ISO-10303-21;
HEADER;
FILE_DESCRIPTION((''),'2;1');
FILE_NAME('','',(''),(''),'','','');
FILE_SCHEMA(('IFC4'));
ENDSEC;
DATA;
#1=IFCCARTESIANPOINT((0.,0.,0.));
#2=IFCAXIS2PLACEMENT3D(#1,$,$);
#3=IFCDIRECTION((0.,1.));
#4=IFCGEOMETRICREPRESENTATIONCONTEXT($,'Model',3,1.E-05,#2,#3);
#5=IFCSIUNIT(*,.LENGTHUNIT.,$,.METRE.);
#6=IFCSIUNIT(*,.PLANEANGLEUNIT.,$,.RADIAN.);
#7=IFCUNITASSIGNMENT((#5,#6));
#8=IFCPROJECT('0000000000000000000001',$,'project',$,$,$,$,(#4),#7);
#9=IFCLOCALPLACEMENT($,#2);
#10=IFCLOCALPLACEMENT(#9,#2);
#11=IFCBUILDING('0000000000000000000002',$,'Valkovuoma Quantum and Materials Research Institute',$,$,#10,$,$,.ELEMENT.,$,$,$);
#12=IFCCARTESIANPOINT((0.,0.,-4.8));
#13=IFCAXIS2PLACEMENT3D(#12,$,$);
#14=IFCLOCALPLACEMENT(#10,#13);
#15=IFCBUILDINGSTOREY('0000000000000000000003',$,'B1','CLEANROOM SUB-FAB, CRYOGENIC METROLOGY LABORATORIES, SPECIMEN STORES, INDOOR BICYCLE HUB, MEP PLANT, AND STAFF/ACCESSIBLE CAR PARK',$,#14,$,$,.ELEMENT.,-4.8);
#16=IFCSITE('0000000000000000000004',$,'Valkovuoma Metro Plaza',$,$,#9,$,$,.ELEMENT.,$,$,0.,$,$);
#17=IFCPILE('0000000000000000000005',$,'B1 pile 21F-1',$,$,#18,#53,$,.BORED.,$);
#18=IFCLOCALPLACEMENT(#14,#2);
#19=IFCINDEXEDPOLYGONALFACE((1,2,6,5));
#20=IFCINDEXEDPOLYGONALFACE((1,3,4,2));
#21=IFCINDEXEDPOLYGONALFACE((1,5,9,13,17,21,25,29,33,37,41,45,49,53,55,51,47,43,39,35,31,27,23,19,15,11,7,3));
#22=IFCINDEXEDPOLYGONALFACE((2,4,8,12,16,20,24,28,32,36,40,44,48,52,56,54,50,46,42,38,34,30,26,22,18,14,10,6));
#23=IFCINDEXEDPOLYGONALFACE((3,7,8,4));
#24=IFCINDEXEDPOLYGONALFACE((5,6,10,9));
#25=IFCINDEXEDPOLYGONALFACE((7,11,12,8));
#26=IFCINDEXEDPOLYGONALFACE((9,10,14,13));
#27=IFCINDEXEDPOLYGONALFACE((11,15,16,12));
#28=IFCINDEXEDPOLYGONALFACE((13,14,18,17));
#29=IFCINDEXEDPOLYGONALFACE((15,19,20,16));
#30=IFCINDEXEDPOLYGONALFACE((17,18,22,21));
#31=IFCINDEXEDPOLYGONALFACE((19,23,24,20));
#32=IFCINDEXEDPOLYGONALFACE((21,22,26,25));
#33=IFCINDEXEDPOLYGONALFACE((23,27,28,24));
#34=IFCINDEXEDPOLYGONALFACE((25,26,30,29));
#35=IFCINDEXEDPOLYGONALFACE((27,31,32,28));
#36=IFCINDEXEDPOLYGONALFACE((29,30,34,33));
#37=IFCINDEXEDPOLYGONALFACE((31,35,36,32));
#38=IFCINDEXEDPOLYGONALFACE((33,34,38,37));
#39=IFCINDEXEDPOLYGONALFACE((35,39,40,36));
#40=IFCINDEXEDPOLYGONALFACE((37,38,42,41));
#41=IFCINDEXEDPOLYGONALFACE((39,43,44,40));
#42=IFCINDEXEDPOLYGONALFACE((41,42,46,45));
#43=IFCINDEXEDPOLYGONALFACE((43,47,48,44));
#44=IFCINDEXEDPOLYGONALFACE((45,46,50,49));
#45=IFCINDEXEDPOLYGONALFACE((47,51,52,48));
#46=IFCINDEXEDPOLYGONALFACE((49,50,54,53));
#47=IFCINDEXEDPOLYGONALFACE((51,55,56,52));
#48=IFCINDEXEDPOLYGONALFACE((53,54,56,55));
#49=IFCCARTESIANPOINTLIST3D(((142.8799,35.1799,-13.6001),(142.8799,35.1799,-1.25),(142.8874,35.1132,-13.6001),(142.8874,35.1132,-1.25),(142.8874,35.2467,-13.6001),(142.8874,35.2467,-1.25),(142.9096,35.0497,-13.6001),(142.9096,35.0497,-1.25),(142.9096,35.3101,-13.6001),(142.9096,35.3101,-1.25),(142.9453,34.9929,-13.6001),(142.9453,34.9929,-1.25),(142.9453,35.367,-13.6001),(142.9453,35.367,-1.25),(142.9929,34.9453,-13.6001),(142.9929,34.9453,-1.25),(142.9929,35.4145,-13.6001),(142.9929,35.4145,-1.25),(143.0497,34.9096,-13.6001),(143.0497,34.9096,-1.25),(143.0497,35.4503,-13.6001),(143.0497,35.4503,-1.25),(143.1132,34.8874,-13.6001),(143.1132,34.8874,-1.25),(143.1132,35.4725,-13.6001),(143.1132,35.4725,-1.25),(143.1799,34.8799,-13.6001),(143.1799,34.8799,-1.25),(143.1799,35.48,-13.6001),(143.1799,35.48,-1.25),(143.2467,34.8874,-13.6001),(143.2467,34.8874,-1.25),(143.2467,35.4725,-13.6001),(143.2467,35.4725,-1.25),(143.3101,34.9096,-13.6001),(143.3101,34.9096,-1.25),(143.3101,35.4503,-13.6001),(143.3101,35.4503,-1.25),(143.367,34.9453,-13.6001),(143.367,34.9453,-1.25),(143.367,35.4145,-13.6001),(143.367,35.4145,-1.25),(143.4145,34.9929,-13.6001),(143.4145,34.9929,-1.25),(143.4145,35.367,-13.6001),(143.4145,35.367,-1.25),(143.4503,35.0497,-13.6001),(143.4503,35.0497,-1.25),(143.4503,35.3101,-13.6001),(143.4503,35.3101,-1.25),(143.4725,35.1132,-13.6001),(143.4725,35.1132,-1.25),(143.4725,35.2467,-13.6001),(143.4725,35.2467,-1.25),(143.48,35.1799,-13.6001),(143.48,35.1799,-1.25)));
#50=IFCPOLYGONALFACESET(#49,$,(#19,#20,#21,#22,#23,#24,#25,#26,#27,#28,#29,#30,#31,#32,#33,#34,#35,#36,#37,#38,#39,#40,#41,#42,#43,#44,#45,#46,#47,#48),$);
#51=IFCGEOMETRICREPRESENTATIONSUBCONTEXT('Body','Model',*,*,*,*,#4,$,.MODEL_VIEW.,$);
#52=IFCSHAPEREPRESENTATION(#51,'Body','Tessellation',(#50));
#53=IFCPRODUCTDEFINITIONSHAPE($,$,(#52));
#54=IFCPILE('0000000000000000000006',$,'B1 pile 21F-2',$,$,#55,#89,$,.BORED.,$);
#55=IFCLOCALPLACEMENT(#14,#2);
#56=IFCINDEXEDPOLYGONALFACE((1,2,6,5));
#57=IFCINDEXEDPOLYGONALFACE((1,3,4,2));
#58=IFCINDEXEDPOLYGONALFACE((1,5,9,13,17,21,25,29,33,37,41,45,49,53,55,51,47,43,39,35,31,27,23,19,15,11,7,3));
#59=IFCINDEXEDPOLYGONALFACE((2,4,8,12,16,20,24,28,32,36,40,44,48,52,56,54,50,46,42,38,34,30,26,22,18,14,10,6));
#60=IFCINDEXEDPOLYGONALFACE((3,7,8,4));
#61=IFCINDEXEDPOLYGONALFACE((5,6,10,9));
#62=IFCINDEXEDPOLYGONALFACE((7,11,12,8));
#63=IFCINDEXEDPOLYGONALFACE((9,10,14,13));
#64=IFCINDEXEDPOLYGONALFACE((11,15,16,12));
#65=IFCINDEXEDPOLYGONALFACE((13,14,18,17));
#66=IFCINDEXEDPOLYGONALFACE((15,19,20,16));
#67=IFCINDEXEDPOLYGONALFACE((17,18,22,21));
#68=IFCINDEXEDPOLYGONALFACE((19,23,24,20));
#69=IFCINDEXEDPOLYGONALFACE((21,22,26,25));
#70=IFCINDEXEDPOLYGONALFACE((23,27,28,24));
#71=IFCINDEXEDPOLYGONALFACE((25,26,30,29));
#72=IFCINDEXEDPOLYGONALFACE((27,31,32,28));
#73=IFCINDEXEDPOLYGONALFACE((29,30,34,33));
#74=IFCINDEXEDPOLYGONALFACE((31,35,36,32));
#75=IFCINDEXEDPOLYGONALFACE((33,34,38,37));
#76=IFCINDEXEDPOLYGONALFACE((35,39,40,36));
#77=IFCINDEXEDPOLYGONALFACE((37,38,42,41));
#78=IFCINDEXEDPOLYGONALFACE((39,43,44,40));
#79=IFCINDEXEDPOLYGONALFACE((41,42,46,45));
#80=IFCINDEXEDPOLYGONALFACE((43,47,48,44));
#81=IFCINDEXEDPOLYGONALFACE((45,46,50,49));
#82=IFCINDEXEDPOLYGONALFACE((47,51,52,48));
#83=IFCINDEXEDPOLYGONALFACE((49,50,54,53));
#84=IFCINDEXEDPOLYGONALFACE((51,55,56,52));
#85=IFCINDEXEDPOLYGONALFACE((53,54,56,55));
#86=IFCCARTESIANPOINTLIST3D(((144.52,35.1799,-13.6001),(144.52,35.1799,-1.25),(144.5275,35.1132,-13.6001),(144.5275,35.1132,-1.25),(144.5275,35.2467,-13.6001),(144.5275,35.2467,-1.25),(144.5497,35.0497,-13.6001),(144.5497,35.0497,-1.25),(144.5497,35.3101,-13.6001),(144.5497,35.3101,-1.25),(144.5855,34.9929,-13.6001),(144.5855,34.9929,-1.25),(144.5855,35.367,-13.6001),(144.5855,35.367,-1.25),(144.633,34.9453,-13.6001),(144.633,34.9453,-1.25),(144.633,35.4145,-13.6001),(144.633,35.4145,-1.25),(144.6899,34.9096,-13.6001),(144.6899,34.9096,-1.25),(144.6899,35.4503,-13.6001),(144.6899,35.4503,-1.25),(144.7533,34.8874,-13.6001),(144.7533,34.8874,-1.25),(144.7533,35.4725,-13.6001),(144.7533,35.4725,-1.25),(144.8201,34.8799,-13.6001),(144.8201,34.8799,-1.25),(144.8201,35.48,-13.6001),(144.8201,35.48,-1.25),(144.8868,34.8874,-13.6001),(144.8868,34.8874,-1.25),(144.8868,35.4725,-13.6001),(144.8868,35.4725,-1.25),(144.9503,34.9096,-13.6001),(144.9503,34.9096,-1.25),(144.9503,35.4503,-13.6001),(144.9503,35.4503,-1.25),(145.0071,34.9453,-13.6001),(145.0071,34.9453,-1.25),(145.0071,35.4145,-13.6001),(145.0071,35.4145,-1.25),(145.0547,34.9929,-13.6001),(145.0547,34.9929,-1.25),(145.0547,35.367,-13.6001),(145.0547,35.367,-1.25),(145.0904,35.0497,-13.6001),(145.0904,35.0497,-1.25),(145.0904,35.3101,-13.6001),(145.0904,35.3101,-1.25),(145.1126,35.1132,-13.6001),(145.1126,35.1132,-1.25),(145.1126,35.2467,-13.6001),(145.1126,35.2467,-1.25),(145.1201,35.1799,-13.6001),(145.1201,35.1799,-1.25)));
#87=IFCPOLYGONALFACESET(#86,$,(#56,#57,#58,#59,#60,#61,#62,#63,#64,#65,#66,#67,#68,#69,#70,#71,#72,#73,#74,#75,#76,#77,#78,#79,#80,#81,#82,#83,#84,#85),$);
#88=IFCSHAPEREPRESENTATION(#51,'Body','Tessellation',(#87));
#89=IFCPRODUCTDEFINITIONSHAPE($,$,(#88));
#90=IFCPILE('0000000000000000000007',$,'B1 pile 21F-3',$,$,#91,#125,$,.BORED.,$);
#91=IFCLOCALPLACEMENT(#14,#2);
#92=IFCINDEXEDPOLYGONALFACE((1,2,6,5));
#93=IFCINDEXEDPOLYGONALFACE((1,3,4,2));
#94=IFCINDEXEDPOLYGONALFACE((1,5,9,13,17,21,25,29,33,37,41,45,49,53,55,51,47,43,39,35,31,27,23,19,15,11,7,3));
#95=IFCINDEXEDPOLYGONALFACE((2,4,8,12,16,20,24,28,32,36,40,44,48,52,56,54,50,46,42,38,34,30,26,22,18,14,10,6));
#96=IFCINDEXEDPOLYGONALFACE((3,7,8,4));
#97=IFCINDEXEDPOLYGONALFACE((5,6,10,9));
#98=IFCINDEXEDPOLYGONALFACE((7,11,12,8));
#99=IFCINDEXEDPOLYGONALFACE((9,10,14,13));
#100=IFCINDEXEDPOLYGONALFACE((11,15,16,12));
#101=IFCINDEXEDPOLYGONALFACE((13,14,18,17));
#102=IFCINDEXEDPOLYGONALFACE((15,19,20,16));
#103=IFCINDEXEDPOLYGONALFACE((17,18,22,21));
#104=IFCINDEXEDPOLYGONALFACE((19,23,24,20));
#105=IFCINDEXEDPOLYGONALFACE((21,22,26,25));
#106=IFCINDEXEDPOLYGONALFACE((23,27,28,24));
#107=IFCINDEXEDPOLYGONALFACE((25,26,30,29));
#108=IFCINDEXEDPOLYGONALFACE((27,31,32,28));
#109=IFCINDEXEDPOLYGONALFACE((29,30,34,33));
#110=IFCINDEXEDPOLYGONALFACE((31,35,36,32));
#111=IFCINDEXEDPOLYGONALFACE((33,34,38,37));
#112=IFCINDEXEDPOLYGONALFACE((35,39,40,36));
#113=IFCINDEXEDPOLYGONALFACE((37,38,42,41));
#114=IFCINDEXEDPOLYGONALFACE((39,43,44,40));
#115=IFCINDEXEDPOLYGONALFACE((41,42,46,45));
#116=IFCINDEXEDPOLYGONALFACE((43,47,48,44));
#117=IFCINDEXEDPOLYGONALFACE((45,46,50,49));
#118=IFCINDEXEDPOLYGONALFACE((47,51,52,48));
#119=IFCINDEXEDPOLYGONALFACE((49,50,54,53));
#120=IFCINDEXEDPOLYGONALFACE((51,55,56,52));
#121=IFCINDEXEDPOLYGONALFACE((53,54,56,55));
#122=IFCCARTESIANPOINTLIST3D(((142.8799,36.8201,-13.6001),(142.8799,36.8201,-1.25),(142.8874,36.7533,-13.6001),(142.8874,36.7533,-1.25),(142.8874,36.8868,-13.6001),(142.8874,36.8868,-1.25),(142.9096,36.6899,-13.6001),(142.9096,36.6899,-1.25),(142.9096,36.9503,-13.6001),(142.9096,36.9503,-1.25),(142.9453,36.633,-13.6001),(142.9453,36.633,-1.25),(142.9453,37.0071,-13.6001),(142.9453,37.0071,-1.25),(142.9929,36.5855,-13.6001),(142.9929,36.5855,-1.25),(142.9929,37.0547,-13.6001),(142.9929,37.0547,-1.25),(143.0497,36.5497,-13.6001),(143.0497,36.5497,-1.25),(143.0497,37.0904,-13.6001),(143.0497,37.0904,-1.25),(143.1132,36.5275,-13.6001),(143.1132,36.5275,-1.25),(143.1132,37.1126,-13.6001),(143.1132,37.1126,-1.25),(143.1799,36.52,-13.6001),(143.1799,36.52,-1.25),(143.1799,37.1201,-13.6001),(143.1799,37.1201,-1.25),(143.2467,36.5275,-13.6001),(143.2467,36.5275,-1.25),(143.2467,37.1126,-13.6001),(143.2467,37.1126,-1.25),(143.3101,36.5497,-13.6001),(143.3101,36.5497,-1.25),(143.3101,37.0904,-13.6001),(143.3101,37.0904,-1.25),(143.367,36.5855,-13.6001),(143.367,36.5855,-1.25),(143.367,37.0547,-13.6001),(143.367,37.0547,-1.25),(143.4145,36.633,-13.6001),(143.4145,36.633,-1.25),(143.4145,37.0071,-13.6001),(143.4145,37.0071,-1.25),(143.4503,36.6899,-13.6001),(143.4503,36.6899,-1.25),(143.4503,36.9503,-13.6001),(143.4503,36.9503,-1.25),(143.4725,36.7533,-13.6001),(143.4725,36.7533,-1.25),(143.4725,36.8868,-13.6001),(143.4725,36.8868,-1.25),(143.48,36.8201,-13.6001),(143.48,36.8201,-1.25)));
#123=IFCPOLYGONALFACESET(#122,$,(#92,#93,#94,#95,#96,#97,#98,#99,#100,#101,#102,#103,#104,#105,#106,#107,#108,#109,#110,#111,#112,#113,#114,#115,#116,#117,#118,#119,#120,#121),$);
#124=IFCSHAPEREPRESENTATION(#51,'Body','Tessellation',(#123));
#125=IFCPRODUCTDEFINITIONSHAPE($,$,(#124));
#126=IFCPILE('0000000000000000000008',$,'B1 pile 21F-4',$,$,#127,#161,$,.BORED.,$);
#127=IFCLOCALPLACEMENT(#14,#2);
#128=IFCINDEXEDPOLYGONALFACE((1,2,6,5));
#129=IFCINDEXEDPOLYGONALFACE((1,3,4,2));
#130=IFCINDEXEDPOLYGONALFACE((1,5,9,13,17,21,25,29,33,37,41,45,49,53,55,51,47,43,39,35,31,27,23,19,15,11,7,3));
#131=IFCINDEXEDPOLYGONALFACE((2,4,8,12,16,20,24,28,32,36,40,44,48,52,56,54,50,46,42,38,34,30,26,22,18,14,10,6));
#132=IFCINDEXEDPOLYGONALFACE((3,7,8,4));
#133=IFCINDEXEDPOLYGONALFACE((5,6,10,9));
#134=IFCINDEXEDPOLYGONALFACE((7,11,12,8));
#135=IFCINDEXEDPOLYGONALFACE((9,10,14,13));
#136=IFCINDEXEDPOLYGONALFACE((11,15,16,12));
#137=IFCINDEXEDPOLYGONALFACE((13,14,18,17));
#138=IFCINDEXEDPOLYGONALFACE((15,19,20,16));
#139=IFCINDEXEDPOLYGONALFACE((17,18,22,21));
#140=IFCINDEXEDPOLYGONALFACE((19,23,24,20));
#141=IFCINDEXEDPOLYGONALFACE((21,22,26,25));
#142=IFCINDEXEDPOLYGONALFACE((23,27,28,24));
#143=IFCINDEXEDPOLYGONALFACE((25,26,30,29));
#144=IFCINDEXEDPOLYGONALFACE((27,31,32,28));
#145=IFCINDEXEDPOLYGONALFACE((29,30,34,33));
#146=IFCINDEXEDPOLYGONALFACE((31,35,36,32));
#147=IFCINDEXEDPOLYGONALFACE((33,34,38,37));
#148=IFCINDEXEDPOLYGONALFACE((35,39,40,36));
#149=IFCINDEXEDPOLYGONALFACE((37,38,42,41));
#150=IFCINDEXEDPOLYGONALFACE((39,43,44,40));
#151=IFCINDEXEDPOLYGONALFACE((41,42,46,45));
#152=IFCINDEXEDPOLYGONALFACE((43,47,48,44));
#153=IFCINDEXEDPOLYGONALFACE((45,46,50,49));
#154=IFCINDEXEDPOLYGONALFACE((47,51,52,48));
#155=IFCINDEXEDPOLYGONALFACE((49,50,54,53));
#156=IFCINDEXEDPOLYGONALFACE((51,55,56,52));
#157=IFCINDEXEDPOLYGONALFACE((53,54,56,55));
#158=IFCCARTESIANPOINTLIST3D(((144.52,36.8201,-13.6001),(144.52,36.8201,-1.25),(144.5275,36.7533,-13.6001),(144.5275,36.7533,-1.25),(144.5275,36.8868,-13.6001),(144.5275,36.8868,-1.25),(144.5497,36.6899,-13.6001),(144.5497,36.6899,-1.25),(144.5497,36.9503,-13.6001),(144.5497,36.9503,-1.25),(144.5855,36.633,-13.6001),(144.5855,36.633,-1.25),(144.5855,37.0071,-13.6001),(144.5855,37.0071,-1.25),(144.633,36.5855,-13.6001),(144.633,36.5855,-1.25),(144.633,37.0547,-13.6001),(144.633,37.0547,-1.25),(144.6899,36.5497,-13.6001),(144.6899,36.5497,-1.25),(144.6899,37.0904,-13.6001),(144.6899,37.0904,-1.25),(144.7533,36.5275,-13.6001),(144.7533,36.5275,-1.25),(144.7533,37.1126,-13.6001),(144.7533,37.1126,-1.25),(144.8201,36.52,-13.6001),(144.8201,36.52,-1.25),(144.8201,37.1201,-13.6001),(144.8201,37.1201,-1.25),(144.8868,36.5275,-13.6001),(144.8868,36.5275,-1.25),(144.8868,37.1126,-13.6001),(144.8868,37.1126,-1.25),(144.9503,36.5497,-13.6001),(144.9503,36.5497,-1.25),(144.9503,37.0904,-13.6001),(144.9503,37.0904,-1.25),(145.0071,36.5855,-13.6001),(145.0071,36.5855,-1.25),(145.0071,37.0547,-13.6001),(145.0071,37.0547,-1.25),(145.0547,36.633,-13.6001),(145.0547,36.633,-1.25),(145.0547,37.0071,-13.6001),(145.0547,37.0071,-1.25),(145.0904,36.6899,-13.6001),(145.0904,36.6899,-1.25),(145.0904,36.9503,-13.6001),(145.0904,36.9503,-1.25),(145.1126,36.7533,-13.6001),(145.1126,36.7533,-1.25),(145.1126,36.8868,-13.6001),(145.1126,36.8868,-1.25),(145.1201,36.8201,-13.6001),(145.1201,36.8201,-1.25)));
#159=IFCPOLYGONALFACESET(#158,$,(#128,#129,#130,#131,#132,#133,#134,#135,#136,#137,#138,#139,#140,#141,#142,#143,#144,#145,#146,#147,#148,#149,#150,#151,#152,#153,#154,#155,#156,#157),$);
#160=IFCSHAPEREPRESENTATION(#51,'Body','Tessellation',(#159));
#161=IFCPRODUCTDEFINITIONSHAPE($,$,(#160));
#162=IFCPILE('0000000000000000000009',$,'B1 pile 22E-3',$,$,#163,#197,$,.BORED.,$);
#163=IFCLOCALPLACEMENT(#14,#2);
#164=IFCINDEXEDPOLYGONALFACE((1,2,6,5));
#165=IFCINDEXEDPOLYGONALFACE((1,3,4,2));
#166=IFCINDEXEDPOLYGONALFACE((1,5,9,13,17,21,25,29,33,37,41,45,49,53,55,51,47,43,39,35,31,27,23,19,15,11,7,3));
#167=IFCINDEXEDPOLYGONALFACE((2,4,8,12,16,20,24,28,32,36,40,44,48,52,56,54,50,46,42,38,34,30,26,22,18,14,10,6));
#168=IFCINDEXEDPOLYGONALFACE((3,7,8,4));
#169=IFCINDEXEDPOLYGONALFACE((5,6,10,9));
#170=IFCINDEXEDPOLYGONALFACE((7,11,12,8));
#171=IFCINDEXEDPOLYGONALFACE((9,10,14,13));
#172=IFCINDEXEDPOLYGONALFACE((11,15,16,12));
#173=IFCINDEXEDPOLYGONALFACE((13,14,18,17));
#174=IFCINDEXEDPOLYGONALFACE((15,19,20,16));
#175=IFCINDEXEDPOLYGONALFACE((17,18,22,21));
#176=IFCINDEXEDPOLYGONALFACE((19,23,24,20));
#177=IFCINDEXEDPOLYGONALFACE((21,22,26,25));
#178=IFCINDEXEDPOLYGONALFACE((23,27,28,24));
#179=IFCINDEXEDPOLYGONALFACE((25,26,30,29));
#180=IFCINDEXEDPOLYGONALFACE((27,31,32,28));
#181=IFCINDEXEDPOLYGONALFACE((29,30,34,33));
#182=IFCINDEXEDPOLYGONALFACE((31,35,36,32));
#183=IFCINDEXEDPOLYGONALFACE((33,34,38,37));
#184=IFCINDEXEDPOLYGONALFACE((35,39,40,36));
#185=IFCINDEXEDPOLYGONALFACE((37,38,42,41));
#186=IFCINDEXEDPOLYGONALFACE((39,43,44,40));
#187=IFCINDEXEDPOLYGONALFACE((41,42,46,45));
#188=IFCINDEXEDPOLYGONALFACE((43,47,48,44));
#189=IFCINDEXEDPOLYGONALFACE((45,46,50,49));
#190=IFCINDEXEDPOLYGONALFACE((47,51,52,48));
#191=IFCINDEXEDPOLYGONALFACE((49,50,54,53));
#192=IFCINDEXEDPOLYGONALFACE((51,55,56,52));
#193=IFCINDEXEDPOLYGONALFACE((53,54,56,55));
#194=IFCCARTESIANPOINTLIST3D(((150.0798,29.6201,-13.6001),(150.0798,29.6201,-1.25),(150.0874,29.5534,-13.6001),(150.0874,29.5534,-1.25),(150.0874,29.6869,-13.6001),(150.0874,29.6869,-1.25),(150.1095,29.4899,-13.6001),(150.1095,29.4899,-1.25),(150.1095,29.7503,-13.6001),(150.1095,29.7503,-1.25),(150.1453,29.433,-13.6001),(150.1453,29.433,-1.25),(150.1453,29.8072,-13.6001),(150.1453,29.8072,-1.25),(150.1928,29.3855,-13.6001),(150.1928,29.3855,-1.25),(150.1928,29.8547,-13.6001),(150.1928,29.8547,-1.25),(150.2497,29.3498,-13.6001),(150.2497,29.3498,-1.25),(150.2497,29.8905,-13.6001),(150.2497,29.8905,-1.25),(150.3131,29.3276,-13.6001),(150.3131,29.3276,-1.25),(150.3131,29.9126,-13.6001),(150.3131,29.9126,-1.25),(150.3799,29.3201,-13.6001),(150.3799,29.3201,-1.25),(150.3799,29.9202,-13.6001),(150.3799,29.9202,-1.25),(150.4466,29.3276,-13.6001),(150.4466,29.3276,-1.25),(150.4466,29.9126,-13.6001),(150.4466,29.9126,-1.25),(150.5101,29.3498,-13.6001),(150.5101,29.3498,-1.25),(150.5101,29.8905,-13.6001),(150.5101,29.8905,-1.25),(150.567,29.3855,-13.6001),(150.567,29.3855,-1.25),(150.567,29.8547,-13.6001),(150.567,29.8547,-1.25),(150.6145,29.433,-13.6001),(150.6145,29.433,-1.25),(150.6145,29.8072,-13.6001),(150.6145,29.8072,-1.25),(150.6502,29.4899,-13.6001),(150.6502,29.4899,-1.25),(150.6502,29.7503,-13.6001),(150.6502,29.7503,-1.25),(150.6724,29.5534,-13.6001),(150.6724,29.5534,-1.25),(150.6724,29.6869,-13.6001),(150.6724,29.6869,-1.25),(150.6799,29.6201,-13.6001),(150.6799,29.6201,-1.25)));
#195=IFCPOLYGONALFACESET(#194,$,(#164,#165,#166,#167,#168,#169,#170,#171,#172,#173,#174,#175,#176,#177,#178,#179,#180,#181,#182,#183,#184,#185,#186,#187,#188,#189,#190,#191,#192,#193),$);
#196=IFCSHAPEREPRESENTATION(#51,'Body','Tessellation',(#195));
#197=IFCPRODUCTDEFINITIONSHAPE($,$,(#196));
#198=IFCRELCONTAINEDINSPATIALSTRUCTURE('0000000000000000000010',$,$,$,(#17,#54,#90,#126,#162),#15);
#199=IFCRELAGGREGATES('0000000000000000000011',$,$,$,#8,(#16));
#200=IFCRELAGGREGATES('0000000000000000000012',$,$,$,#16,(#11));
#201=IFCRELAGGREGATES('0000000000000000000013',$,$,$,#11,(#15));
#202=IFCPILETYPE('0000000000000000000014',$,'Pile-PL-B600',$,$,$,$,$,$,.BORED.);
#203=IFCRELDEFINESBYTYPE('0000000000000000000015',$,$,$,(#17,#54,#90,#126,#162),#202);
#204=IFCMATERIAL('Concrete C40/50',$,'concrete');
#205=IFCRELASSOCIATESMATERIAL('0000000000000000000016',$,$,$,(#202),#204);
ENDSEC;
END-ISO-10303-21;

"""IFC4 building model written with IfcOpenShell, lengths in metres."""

from ifc_helpers import new_model, si_unit, direction, frame, origin, origin_2d, place, context, subcontext, project, spatial, circle, extrude, material, material_profile, profile_set, type_object, element, save


model = new_model("IFC4")

# Units and contexts
model_context = context("Model", 3, precision=1e-05, world=origin(), true_north=direction((0.0, 1.0)))
body_context = subcontext(model_context, "Body", "Model", "MODEL_VIEW")
ifc_project = project(units=[si_unit("LENGTHUNIT", "METRE"), si_unit("PLANEANGLEUNIT", "RADIAN")], contexts=[model_context])

# Site, building, storey
site_placement = place(None, origin())
site = spatial("IfcSite", under=ifc_project, at=site_placement, Name="Valkovuoma Metro Plaza", CompositionType="ELEMENT", RefElevation=0.0)
building_placement = place(site_placement, origin())
building = spatial("IfcBuilding", under=site, at=building_placement, Name="Valkovuoma Quantum and Materials Research Institute", CompositionType="ELEMENT")
storey_placement = place(building_placement, frame((0.0, 0.0, -4.8)))
storey = spatial("IfcBuildingStorey", under=building, at=storey_placement, Name="B1", Description="CLEANROOM SUB-FAB, CRYOGENIC METROLOGY LABORATORIES, SPECIMEN STORES, INDOOR BICYCLE HUB, MEP PLANT, AND STAFF/ACCESSIBLE CAR PARK", CompositionType="ELEMENT", Elevation=-4.8)

# Piles
ifc_material_1 = material(Name="Concrete C40/50", Category="concrete")
ifc_material_profile_1 = material_profile(ifc_material_1, circle(Radius=0.3, at=origin_2d()), Name="Concrete C40/50")
ifc_profile_set_1 = profile_set([ifc_material_profile_1], Name="Concrete C40/50")
pile_type_1 = type_object("IfcPileType", Name="Pile-PL-B600", PredefinedType="BORED", material=ifc_profile_set_1)
for number, where, z_axis, x_axis, name in (
    (1, (143.1799, 35.1799, -1.25), (0.0, 0.0, -1.0), (1.0, 0.0, 0.0), "B1 pile 21F-1"),
    (2, (144.8201, 35.1799, -1.25), (0.0, 0.0, -1.0), (1.0, 0.0, 0.0), "B1 pile 21F-2"),
    (3, (143.1799, 36.8201, -1.25), (0.0, 0.0, -1.0), (1.0, 0.0, 0.0), "B1 pile 21F-3"),
    (4, (144.8201, 36.8201, -1.25), (0.0, 0.0, -1.0), (1.0, 0.0, 0.0), "B1 pile 21F-4"),
    (5, (150.3799, 29.6201, -1.25), (0.0, 0.0, -1.0), (1.0, 0.0, 0.0), "B1 pile 22E-3"),
):
    element("IfcPile", number, at=place(storey_placement, frame(where, z_axis=z_axis, x_axis=x_axis)), inside=storey, type_object=pile_type_1, Name=name, PredefinedType="BORED", context=body_context, shape_type="SweptSolid", body=[
        extrude(circle(Radius=0.3, at=origin_2d()), origin(), (0.0, 0.0, 1.0), 12.3501),
    ])

save(model, "model.ifc")
